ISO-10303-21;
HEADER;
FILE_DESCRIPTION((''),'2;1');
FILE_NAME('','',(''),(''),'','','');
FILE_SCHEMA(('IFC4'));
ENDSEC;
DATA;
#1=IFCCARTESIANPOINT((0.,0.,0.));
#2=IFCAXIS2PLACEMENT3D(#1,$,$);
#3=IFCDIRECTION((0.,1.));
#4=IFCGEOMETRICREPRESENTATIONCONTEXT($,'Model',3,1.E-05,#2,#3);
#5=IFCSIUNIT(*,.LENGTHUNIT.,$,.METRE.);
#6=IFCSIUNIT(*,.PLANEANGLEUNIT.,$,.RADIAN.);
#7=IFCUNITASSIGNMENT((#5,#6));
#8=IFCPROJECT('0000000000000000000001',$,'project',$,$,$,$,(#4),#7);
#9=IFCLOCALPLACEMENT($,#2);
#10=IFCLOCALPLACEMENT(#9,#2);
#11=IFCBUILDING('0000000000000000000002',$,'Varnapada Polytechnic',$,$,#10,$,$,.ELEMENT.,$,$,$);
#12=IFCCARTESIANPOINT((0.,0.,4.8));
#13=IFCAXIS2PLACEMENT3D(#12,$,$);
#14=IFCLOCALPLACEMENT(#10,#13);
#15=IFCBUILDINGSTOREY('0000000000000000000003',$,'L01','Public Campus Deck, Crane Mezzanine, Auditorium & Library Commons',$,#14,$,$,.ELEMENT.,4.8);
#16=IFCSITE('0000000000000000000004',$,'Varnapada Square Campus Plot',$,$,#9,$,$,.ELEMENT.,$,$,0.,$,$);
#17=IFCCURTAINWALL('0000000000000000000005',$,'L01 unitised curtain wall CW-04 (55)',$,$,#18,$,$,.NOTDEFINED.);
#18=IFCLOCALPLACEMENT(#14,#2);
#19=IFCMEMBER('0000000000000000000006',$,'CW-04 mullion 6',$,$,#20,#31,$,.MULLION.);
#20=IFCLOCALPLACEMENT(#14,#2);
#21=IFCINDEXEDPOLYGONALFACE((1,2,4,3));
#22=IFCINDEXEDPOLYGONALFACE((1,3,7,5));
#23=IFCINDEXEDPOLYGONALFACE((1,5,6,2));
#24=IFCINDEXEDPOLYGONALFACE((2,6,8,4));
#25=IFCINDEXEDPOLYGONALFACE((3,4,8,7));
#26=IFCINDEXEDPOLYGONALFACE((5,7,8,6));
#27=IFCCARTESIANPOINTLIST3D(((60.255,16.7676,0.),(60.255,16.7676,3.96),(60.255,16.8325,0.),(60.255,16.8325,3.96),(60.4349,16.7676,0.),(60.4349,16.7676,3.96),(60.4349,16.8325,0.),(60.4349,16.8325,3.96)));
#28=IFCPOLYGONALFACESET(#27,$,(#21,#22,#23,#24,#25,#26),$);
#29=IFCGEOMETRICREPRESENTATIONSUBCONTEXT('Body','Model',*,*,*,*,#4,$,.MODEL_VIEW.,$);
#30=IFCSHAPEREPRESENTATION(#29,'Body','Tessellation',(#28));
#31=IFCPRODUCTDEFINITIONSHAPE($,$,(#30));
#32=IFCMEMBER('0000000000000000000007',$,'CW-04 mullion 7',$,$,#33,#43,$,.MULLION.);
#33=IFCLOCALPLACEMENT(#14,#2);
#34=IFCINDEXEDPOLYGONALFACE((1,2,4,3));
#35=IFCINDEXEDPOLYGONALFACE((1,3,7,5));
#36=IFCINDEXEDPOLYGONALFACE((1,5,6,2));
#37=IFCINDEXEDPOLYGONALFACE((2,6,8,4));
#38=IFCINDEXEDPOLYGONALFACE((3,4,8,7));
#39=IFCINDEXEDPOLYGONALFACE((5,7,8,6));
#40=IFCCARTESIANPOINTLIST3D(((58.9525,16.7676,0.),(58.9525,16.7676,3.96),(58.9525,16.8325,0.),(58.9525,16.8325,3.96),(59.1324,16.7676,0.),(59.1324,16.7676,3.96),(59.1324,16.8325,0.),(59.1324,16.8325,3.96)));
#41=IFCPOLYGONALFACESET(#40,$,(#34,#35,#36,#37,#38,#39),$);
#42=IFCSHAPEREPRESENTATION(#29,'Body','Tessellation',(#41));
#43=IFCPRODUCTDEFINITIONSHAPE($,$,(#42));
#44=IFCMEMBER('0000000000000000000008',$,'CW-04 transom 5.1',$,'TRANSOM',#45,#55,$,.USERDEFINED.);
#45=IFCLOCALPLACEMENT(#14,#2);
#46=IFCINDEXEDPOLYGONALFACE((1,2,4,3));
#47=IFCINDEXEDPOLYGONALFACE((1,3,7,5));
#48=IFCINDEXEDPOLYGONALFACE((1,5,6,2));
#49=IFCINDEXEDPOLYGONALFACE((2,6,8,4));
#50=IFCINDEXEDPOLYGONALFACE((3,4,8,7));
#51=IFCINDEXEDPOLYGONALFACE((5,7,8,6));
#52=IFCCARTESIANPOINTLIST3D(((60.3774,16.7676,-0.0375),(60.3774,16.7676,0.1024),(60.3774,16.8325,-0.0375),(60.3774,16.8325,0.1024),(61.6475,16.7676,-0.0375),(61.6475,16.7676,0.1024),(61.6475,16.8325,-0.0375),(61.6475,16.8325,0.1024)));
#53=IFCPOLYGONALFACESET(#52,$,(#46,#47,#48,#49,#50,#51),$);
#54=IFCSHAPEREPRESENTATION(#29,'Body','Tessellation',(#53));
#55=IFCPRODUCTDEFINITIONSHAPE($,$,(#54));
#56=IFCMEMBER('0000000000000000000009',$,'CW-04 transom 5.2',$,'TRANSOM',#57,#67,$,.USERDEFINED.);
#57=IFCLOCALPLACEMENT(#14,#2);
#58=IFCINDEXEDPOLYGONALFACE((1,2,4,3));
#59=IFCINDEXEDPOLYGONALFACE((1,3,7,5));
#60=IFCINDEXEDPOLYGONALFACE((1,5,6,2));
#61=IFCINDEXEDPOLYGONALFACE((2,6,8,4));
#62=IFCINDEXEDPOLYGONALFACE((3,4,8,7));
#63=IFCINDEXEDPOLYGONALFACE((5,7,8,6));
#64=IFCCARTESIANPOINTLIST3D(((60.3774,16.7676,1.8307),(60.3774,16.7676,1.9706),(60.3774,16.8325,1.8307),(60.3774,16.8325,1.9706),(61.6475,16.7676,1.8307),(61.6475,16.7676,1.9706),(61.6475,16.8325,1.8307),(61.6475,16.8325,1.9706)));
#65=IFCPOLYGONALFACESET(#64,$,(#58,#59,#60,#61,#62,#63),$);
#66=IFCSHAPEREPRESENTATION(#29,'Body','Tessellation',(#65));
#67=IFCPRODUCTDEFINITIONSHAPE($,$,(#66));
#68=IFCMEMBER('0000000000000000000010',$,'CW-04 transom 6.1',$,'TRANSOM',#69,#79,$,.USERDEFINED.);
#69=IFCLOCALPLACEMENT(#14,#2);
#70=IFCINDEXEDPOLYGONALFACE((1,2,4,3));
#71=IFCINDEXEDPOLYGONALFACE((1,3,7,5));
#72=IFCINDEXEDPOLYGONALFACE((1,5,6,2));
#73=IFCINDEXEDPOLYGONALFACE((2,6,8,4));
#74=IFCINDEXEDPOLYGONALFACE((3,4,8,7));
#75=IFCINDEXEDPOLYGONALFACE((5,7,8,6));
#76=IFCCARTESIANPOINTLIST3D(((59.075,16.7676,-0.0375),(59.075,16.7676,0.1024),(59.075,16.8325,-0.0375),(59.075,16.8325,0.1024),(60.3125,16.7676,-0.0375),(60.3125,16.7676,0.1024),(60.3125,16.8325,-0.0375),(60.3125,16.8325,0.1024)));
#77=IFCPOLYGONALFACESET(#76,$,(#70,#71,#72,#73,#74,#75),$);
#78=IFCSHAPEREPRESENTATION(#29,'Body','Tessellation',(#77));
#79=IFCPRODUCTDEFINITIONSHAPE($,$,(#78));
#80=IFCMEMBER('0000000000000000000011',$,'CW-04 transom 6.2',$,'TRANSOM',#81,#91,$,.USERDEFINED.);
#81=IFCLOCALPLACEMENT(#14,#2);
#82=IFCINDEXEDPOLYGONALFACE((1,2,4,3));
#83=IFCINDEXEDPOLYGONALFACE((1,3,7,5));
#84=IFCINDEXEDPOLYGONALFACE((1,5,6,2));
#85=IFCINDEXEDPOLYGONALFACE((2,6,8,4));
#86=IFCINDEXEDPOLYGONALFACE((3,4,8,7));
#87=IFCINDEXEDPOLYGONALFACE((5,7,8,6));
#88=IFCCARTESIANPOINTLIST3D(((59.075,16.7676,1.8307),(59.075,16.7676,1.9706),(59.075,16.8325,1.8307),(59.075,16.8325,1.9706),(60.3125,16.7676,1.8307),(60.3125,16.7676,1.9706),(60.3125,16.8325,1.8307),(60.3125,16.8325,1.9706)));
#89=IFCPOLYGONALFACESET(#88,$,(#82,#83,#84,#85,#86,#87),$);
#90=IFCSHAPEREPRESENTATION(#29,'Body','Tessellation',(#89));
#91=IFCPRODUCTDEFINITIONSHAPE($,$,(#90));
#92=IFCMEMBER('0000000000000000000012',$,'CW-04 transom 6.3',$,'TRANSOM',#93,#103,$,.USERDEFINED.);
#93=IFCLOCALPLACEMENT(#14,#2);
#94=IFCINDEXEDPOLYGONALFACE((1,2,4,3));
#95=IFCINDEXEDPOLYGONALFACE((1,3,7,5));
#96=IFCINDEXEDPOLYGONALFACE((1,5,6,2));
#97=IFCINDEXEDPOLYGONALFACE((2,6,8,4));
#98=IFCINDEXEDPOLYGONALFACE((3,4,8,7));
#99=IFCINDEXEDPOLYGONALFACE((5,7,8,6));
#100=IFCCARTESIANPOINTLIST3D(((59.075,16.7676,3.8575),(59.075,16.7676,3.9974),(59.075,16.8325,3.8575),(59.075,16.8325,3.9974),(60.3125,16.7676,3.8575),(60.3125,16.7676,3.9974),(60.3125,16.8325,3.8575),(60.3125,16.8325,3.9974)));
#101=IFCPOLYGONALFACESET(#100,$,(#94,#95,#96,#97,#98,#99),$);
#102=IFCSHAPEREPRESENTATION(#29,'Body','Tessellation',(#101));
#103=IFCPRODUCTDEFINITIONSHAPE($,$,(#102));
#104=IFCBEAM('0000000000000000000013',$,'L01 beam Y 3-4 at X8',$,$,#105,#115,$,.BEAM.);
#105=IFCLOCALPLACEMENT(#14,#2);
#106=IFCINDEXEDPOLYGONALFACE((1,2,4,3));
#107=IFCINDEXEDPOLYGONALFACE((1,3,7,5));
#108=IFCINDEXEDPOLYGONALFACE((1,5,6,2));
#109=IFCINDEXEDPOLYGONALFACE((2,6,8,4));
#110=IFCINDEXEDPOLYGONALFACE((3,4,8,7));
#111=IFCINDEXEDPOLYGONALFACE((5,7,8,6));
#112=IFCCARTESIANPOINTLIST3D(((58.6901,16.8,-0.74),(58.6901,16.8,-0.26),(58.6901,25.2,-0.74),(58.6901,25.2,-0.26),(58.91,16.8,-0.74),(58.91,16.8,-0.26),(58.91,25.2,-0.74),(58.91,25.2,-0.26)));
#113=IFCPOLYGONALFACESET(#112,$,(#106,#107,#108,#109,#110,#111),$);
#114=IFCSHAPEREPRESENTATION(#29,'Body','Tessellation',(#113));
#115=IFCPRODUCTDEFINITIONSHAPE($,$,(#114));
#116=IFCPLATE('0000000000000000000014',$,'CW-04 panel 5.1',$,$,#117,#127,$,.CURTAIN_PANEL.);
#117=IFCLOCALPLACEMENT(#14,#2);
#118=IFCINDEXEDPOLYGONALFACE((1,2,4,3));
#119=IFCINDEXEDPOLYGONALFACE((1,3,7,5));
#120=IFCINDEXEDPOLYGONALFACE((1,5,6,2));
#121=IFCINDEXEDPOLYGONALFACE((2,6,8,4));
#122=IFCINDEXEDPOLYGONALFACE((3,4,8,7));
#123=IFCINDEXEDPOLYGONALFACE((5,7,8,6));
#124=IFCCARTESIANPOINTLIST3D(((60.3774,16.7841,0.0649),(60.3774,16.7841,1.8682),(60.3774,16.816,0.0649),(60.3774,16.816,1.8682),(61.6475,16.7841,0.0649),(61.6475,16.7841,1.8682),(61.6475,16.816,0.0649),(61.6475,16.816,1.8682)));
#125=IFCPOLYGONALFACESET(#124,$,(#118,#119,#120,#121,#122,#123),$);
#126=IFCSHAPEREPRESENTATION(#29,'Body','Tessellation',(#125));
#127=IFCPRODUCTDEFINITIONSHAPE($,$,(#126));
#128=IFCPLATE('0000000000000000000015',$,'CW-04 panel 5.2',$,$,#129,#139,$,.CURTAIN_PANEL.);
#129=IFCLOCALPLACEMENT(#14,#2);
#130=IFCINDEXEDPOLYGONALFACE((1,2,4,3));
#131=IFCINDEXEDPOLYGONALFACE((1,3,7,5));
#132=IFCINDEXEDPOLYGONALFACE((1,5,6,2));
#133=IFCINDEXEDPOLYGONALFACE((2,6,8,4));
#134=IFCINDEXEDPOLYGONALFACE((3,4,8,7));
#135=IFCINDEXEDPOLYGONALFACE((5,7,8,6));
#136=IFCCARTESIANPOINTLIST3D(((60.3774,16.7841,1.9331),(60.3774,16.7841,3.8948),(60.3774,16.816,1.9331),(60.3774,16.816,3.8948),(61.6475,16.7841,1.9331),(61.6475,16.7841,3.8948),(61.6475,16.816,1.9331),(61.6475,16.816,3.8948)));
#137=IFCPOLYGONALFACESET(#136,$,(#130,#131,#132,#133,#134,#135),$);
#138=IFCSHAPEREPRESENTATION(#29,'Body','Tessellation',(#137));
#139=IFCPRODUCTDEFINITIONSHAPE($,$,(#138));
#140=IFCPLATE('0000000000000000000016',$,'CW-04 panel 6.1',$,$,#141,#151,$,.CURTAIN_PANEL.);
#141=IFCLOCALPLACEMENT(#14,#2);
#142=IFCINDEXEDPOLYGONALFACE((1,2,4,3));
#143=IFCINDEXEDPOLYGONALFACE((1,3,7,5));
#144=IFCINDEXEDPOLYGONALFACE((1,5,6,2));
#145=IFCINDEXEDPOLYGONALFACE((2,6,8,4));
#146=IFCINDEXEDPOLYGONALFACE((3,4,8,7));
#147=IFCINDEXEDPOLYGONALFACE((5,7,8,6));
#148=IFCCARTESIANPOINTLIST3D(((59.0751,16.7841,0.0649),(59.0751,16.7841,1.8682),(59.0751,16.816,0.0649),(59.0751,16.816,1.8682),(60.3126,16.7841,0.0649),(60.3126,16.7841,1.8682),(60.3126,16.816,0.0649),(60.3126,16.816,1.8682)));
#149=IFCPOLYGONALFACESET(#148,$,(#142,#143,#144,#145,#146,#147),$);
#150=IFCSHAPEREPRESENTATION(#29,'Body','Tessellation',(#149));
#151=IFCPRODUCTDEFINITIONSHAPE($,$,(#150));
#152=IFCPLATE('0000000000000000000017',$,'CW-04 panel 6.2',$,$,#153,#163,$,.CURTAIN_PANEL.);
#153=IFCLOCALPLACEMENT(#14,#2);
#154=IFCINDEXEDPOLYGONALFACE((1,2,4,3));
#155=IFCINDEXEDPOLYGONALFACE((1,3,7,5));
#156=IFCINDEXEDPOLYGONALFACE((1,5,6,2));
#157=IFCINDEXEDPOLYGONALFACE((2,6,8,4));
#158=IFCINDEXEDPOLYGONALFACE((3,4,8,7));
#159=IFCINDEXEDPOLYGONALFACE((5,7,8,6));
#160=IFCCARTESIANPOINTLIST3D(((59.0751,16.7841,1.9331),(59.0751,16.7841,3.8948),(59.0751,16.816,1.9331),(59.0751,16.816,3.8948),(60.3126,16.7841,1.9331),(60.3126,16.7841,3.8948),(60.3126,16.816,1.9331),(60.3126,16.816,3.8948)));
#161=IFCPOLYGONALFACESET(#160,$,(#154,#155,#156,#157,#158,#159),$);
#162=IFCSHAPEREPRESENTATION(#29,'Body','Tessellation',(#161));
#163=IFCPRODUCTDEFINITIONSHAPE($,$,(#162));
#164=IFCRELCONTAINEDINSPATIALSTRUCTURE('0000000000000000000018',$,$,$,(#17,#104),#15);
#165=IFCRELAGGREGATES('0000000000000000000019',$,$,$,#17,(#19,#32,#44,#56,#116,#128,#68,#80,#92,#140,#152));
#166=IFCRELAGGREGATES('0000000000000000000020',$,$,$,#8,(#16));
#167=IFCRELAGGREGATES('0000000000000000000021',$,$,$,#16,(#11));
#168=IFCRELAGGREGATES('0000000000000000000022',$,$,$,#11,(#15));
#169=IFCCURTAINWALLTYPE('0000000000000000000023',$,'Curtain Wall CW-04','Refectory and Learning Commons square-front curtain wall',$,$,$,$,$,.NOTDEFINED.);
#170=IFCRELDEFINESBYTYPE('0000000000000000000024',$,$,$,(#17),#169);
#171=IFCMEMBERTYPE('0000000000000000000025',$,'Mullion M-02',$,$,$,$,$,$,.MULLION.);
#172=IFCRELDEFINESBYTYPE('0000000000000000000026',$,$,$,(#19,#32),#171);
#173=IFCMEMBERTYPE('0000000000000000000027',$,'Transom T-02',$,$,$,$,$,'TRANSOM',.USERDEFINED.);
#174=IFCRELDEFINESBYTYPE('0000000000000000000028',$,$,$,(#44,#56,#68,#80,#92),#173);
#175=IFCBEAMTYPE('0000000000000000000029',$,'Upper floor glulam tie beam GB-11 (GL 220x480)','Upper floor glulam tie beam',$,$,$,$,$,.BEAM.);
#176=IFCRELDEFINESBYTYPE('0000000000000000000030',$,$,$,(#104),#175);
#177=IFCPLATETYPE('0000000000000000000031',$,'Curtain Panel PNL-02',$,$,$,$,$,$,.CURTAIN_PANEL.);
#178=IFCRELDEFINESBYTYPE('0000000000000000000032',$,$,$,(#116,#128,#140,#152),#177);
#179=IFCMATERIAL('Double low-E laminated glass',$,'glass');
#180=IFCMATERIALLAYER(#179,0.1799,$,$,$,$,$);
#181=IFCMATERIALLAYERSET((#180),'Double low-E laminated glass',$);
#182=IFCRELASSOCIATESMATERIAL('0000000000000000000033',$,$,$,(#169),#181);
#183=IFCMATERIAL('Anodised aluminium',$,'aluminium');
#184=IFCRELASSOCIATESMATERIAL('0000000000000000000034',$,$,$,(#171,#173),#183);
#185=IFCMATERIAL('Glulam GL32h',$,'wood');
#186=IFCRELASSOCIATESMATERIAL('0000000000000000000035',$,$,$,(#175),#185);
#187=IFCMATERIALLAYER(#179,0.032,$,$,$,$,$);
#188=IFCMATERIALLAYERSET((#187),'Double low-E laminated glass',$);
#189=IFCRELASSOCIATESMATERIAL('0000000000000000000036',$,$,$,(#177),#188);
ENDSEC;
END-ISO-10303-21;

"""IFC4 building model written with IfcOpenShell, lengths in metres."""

from ifc_helpers import new_model, si_unit, direction, frame, origin, origin_2d, place, context, subcontext, project, spatial, rectangle, extrude, material, layer, layer_set, material_profile, profile_set, type_object, element, aggregate, save


model = new_model("IFC4")

# Units and contexts
model_context = context("Model", 3, precision=1e-05, world=origin(), true_north=direction((0.0, 1.0)))
body_context = subcontext(model_context, "Body", "Model", "MODEL_VIEW")
ifc_project = project(units=[si_unit("LENGTHUNIT", "METRE"), si_unit("PLANEANGLEUNIT", "RADIAN")], contexts=[model_context])

# Site, building, storey
site_placement = place(None, origin())
site = spatial("IfcSite", under=ifc_project, at=site_placement, Name="Varnapada Square Campus Plot", CompositionType="ELEMENT", RefElevation=0.0)
building_placement = place(site_placement, origin())
building = spatial("IfcBuilding", under=site, at=building_placement, Name="Varnapada Polytechnic", CompositionType="ELEMENT")
storey_placement = place(building_placement, frame((0.0, 0.0, 4.8)))
storey = spatial("IfcBuildingStorey", under=building, at=storey_placement, Name="L01", Description="Public Campus Deck, Crane Mezzanine, Auditorium & Library Commons", CompositionType="ELEMENT", Elevation=4.8)

# Curtain wall, members
ifc_material_1 = material(Name="Double low-E laminated glass", Category="glass")
ifc_layer_1 = layer(ifc_material_1, 0.1799)
ifc_layer_set_1 = layer_set([ifc_layer_1], Name="Double low-E laminated glass")
curtain_wall_type = type_object("IfcCurtainWallType", Name="Curtain Wall CW-04", Description="Refectory and Learning Commons square-front curtain wall", PredefinedType="NOTDEFINED", material=ifc_layer_set_1)
curtain_wall_placement = place(storey_placement, origin())
curtain_wall = element("IfcCurtainWall", 1, at=curtain_wall_placement, inside=storey, type_object=curtain_wall_type, Name="L01 unitised curtain wall CW-04 (55)", PredefinedType="NOTDEFINED")
ifc_material_2 = material(Name="Anodised aluminium", Category="aluminium")
ifc_material_profile_1 = material_profile(ifc_material_2, rectangle(XDim=0.0649, YDim=0.1799, at=origin_2d()), Name="ALU M65x180")
ifc_profile_set_1 = profile_set([ifc_material_profile_1], Name="Anodised aluminium")
member_type_1 = type_object("IfcMemberType", Name="Mullion M-02", PredefinedType="MULLION", material=ifc_profile_set_1)
member_1_placement = place(storey_placement, frame((60.345, 16.8, 0.0), z_axis=(0.0, 0.0, 1.0), x_axis=(0.0, -1.0, 0.0)))
member_1 = element("IfcMember", 2, at=member_1_placement, type_object=member_type_1, Name="CW-04 mullion 6", PredefinedType="MULLION", context=body_context, shape_type="SweptSolid", body=[
    extrude(rectangle(XDim=0.0649, YDim=0.1799, at=origin_2d()), origin(), (0.0, 0.0, 1.0), 3.96),
])
member_2_placement = place(storey_placement, frame((59.0425, 16.8, 0.0), z_axis=(0.0, 0.0, 1.0), x_axis=(0.0, -1.0, 0.0)))
member_2 = element("IfcMember", 3, at=member_2_placement, type_object=member_type_1, Name="CW-04 mullion 7", PredefinedType="MULLION", context=body_context, shape_type="SweptSolid", body=[
    extrude(rectangle(XDim=0.0649, YDim=0.1799, at=origin_2d()), origin(), (0.0, 0.0, 1.0), 3.96),
])
ifc_material_profile_2 = material_profile(ifc_material_2, rectangle(XDim=0.0649, YDim=0.1399, at=origin_2d()), Name="ALU T65x140")
ifc_profile_set_2 = profile_set([ifc_material_profile_2], Name="Anodised aluminium")
member_type_2 = type_object("IfcMemberType", Name="Transom T-02", ElementType="TRANSOM", PredefinedType="USERDEFINED", material=ifc_profile_set_2)
member_3_placement = place(storey_placement, frame((61.6475, 16.8, 0.0325), z_axis=(-1.0, 0.0, 0.0), x_axis=(0.0, -1.0, 0.0)))
member_3 = element("IfcMember", 4, at=member_3_placement, type_object=member_type_2, Name="CW-04 transom 5.1", ObjectType="TRANSOM", PredefinedType="USERDEFINED", context=body_context, shape_type="SweptSolid", body=[
    extrude(rectangle(XDim=0.0649, YDim=0.1399, at=origin_2d()), origin(), (0.0, 0.0, 1.0), 1.27),
])
member_4_placement = place(storey_placement, frame((61.6475, 16.8, 1.9006), z_axis=(-1.0, 0.0, 0.0), x_axis=(0.0, -1.0, 0.0)))
member_4 = element("IfcMember", 5, at=member_4_placement, type_object=member_type_2, Name="CW-04 transom 5.2", ObjectType="TRANSOM", PredefinedType="USERDEFINED", context=body_context, shape_type="SweptSolid", body=[
    extrude(rectangle(XDim=0.0649, YDim=0.1399, at=origin_2d()), origin(), (0.0, 0.0, 1.0), 1.27),
])
member_5_placement = place(storey_placement, frame((60.3125, 16.8, 0.0325), z_axis=(-1.0, 0.0, 0.0), x_axis=(0.0, -1.0, 0.0)))
member_5 = element("IfcMember", 6, at=member_5_placement, type_object=member_type_2, Name="CW-04 transom 6.1", ObjectType="TRANSOM", PredefinedType="USERDEFINED", context=body_context, shape_type="SweptSolid", body=[
    extrude(rectangle(XDim=0.0649, YDim=0.1399, at=origin_2d()), origin(), (0.0, 0.0, 1.0), 1.2375),
])
member_6_placement = place(storey_placement, frame((60.3125, 16.8, 1.9006), z_axis=(-1.0, 0.0, 0.0), x_axis=(0.0, -1.0, 0.0)))
member_6 = element("IfcMember", 7, at=member_6_placement, type_object=member_type_2, Name="CW-04 transom 6.2", ObjectType="TRANSOM", PredefinedType="USERDEFINED", context=body_context, shape_type="SweptSolid", body=[
    extrude(rectangle(XDim=0.0649, YDim=0.1399, at=origin_2d()), origin(), (0.0, 0.0, 1.0), 1.2375),
])
member_7_placement = place(storey_placement, frame((60.3125, 16.8, 3.9275), z_axis=(-1.0, 0.0, 0.0), x_axis=(0.0, -1.0, 0.0)))
member_7 = element("IfcMember", 8, at=member_7_placement, type_object=member_type_2, Name="CW-04 transom 6.3", ObjectType="TRANSOM", PredefinedType="USERDEFINED", context=body_context, shape_type="SweptSolid", body=[
    extrude(rectangle(XDim=0.0649, YDim=0.1399, at=origin_2d()), origin(), (0.0, 0.0, 1.0), 1.2375),
])

# Beam
ifc_material_3 = material(Name="Glulam GL32h", Category="wood")
ifc_material_profile_3 = material_profile(ifc_material_3, rectangle(XDim=0.22, YDim=0.48, at=origin_2d()), Name="GL 220x480")
ifc_profile_set_3 = profile_set([ifc_material_profile_3], Name="Glulam GL32h")
beam_type = type_object("IfcBeamType", Name="Upper floor glulam tie beam GB-11 (GL 220x480)", Description="Upper floor glulam tie beam", PredefinedType="BEAM", material=ifc_profile_set_3)
beam_placement = place(storey_placement, frame((58.8, 16.8, -0.5), z_axis=(0.0, 1.0, 0.0), x_axis=(-1.0, 0.0, 0.0)))
element("IfcBeam", 9, at=beam_placement, inside=storey, type_object=beam_type, Name="L01 beam Y 3-4 at X8", PredefinedType="BEAM", context=body_context, shape_type="SweptSolid", body=[
    extrude(rectangle(XDim=0.22, YDim=0.48, at=origin_2d()), origin(), (0.0, 0.0, 1.0), 8.3999),
])

# Plates
ifc_layer_2 = layer(ifc_material_1, 0.032)
ifc_layer_set_2 = layer_set([ifc_layer_2], Name="Double low-E laminated glass")
plate_type = type_object("IfcPlateType", Name="Curtain Panel PNL-02", PredefinedType="CURTAIN_PANEL", material=ifc_layer_set_2)
plate_1_placement = place(storey_placement, frame((61.0125, 16.8, 0.0649), z_axis=(0.0, 0.0, 1.0), x_axis=(-1.0, 0.0, 0.0)))
plate_1 = element("IfcPlate", 10, at=plate_1_placement, type_object=plate_type, Name="CW-04 panel 5.1", PredefinedType="CURTAIN_PANEL", context=body_context, shape_type="SweptSolid", body=[
    extrude(rectangle(XDim=1.27, YDim=0.032, at=origin_2d()), origin(), (0.0, 0.0, 1.0), 1.8032),
])
plate_2_placement = place(storey_placement, frame((61.0125, 16.8, 1.9331), z_axis=(0.0, 0.0, 1.0), x_axis=(-1.0, 0.0, 0.0)))
plate_2 = element("IfcPlate", 11, at=plate_2_placement, type_object=plate_type, Name="CW-04 panel 5.2", PredefinedType="CURTAIN_PANEL", context=body_context, shape_type="SweptSolid", body=[
    extrude(rectangle(XDim=1.27, YDim=0.032, at=origin_2d()), origin(), (0.0, 0.0, 1.0), 1.9617),
])
plate_3_placement = place(storey_placement, frame((59.6938, 16.8, 0.0649), z_axis=(0.0, 0.0, 1.0), x_axis=(-1.0, 0.0, 0.0)))
plate_3 = element("IfcPlate", 12, at=plate_3_placement, type_object=plate_type, Name="CW-04 panel 6.1", PredefinedType="CURTAIN_PANEL", context=body_context, shape_type="SweptSolid", body=[
    extrude(rectangle(XDim=1.2375, YDim=0.032, at=origin_2d()), origin(), (0.0, 0.0, 1.0), 1.8032),
])
plate_4_placement = place(storey_placement, frame((59.6938, 16.8, 1.9331), z_axis=(0.0, 0.0, 1.0), x_axis=(-1.0, 0.0, 0.0)))
plate_4 = element("IfcPlate", 13, at=plate_4_placement, type_object=plate_type, Name="CW-04 panel 6.2", PredefinedType="CURTAIN_PANEL", context=body_context, shape_type="SweptSolid", body=[
    extrude(rectangle(XDim=1.2375, YDim=0.032, at=origin_2d()), origin(), (0.0, 0.0, 1.0), 1.9617),
])
aggregate(curtain_wall, [member_1, member_2, member_3, member_4, plate_1, plate_2, member_5, member_6, member_7, plate_3, plate_4])

save(model, "model.ifc")
